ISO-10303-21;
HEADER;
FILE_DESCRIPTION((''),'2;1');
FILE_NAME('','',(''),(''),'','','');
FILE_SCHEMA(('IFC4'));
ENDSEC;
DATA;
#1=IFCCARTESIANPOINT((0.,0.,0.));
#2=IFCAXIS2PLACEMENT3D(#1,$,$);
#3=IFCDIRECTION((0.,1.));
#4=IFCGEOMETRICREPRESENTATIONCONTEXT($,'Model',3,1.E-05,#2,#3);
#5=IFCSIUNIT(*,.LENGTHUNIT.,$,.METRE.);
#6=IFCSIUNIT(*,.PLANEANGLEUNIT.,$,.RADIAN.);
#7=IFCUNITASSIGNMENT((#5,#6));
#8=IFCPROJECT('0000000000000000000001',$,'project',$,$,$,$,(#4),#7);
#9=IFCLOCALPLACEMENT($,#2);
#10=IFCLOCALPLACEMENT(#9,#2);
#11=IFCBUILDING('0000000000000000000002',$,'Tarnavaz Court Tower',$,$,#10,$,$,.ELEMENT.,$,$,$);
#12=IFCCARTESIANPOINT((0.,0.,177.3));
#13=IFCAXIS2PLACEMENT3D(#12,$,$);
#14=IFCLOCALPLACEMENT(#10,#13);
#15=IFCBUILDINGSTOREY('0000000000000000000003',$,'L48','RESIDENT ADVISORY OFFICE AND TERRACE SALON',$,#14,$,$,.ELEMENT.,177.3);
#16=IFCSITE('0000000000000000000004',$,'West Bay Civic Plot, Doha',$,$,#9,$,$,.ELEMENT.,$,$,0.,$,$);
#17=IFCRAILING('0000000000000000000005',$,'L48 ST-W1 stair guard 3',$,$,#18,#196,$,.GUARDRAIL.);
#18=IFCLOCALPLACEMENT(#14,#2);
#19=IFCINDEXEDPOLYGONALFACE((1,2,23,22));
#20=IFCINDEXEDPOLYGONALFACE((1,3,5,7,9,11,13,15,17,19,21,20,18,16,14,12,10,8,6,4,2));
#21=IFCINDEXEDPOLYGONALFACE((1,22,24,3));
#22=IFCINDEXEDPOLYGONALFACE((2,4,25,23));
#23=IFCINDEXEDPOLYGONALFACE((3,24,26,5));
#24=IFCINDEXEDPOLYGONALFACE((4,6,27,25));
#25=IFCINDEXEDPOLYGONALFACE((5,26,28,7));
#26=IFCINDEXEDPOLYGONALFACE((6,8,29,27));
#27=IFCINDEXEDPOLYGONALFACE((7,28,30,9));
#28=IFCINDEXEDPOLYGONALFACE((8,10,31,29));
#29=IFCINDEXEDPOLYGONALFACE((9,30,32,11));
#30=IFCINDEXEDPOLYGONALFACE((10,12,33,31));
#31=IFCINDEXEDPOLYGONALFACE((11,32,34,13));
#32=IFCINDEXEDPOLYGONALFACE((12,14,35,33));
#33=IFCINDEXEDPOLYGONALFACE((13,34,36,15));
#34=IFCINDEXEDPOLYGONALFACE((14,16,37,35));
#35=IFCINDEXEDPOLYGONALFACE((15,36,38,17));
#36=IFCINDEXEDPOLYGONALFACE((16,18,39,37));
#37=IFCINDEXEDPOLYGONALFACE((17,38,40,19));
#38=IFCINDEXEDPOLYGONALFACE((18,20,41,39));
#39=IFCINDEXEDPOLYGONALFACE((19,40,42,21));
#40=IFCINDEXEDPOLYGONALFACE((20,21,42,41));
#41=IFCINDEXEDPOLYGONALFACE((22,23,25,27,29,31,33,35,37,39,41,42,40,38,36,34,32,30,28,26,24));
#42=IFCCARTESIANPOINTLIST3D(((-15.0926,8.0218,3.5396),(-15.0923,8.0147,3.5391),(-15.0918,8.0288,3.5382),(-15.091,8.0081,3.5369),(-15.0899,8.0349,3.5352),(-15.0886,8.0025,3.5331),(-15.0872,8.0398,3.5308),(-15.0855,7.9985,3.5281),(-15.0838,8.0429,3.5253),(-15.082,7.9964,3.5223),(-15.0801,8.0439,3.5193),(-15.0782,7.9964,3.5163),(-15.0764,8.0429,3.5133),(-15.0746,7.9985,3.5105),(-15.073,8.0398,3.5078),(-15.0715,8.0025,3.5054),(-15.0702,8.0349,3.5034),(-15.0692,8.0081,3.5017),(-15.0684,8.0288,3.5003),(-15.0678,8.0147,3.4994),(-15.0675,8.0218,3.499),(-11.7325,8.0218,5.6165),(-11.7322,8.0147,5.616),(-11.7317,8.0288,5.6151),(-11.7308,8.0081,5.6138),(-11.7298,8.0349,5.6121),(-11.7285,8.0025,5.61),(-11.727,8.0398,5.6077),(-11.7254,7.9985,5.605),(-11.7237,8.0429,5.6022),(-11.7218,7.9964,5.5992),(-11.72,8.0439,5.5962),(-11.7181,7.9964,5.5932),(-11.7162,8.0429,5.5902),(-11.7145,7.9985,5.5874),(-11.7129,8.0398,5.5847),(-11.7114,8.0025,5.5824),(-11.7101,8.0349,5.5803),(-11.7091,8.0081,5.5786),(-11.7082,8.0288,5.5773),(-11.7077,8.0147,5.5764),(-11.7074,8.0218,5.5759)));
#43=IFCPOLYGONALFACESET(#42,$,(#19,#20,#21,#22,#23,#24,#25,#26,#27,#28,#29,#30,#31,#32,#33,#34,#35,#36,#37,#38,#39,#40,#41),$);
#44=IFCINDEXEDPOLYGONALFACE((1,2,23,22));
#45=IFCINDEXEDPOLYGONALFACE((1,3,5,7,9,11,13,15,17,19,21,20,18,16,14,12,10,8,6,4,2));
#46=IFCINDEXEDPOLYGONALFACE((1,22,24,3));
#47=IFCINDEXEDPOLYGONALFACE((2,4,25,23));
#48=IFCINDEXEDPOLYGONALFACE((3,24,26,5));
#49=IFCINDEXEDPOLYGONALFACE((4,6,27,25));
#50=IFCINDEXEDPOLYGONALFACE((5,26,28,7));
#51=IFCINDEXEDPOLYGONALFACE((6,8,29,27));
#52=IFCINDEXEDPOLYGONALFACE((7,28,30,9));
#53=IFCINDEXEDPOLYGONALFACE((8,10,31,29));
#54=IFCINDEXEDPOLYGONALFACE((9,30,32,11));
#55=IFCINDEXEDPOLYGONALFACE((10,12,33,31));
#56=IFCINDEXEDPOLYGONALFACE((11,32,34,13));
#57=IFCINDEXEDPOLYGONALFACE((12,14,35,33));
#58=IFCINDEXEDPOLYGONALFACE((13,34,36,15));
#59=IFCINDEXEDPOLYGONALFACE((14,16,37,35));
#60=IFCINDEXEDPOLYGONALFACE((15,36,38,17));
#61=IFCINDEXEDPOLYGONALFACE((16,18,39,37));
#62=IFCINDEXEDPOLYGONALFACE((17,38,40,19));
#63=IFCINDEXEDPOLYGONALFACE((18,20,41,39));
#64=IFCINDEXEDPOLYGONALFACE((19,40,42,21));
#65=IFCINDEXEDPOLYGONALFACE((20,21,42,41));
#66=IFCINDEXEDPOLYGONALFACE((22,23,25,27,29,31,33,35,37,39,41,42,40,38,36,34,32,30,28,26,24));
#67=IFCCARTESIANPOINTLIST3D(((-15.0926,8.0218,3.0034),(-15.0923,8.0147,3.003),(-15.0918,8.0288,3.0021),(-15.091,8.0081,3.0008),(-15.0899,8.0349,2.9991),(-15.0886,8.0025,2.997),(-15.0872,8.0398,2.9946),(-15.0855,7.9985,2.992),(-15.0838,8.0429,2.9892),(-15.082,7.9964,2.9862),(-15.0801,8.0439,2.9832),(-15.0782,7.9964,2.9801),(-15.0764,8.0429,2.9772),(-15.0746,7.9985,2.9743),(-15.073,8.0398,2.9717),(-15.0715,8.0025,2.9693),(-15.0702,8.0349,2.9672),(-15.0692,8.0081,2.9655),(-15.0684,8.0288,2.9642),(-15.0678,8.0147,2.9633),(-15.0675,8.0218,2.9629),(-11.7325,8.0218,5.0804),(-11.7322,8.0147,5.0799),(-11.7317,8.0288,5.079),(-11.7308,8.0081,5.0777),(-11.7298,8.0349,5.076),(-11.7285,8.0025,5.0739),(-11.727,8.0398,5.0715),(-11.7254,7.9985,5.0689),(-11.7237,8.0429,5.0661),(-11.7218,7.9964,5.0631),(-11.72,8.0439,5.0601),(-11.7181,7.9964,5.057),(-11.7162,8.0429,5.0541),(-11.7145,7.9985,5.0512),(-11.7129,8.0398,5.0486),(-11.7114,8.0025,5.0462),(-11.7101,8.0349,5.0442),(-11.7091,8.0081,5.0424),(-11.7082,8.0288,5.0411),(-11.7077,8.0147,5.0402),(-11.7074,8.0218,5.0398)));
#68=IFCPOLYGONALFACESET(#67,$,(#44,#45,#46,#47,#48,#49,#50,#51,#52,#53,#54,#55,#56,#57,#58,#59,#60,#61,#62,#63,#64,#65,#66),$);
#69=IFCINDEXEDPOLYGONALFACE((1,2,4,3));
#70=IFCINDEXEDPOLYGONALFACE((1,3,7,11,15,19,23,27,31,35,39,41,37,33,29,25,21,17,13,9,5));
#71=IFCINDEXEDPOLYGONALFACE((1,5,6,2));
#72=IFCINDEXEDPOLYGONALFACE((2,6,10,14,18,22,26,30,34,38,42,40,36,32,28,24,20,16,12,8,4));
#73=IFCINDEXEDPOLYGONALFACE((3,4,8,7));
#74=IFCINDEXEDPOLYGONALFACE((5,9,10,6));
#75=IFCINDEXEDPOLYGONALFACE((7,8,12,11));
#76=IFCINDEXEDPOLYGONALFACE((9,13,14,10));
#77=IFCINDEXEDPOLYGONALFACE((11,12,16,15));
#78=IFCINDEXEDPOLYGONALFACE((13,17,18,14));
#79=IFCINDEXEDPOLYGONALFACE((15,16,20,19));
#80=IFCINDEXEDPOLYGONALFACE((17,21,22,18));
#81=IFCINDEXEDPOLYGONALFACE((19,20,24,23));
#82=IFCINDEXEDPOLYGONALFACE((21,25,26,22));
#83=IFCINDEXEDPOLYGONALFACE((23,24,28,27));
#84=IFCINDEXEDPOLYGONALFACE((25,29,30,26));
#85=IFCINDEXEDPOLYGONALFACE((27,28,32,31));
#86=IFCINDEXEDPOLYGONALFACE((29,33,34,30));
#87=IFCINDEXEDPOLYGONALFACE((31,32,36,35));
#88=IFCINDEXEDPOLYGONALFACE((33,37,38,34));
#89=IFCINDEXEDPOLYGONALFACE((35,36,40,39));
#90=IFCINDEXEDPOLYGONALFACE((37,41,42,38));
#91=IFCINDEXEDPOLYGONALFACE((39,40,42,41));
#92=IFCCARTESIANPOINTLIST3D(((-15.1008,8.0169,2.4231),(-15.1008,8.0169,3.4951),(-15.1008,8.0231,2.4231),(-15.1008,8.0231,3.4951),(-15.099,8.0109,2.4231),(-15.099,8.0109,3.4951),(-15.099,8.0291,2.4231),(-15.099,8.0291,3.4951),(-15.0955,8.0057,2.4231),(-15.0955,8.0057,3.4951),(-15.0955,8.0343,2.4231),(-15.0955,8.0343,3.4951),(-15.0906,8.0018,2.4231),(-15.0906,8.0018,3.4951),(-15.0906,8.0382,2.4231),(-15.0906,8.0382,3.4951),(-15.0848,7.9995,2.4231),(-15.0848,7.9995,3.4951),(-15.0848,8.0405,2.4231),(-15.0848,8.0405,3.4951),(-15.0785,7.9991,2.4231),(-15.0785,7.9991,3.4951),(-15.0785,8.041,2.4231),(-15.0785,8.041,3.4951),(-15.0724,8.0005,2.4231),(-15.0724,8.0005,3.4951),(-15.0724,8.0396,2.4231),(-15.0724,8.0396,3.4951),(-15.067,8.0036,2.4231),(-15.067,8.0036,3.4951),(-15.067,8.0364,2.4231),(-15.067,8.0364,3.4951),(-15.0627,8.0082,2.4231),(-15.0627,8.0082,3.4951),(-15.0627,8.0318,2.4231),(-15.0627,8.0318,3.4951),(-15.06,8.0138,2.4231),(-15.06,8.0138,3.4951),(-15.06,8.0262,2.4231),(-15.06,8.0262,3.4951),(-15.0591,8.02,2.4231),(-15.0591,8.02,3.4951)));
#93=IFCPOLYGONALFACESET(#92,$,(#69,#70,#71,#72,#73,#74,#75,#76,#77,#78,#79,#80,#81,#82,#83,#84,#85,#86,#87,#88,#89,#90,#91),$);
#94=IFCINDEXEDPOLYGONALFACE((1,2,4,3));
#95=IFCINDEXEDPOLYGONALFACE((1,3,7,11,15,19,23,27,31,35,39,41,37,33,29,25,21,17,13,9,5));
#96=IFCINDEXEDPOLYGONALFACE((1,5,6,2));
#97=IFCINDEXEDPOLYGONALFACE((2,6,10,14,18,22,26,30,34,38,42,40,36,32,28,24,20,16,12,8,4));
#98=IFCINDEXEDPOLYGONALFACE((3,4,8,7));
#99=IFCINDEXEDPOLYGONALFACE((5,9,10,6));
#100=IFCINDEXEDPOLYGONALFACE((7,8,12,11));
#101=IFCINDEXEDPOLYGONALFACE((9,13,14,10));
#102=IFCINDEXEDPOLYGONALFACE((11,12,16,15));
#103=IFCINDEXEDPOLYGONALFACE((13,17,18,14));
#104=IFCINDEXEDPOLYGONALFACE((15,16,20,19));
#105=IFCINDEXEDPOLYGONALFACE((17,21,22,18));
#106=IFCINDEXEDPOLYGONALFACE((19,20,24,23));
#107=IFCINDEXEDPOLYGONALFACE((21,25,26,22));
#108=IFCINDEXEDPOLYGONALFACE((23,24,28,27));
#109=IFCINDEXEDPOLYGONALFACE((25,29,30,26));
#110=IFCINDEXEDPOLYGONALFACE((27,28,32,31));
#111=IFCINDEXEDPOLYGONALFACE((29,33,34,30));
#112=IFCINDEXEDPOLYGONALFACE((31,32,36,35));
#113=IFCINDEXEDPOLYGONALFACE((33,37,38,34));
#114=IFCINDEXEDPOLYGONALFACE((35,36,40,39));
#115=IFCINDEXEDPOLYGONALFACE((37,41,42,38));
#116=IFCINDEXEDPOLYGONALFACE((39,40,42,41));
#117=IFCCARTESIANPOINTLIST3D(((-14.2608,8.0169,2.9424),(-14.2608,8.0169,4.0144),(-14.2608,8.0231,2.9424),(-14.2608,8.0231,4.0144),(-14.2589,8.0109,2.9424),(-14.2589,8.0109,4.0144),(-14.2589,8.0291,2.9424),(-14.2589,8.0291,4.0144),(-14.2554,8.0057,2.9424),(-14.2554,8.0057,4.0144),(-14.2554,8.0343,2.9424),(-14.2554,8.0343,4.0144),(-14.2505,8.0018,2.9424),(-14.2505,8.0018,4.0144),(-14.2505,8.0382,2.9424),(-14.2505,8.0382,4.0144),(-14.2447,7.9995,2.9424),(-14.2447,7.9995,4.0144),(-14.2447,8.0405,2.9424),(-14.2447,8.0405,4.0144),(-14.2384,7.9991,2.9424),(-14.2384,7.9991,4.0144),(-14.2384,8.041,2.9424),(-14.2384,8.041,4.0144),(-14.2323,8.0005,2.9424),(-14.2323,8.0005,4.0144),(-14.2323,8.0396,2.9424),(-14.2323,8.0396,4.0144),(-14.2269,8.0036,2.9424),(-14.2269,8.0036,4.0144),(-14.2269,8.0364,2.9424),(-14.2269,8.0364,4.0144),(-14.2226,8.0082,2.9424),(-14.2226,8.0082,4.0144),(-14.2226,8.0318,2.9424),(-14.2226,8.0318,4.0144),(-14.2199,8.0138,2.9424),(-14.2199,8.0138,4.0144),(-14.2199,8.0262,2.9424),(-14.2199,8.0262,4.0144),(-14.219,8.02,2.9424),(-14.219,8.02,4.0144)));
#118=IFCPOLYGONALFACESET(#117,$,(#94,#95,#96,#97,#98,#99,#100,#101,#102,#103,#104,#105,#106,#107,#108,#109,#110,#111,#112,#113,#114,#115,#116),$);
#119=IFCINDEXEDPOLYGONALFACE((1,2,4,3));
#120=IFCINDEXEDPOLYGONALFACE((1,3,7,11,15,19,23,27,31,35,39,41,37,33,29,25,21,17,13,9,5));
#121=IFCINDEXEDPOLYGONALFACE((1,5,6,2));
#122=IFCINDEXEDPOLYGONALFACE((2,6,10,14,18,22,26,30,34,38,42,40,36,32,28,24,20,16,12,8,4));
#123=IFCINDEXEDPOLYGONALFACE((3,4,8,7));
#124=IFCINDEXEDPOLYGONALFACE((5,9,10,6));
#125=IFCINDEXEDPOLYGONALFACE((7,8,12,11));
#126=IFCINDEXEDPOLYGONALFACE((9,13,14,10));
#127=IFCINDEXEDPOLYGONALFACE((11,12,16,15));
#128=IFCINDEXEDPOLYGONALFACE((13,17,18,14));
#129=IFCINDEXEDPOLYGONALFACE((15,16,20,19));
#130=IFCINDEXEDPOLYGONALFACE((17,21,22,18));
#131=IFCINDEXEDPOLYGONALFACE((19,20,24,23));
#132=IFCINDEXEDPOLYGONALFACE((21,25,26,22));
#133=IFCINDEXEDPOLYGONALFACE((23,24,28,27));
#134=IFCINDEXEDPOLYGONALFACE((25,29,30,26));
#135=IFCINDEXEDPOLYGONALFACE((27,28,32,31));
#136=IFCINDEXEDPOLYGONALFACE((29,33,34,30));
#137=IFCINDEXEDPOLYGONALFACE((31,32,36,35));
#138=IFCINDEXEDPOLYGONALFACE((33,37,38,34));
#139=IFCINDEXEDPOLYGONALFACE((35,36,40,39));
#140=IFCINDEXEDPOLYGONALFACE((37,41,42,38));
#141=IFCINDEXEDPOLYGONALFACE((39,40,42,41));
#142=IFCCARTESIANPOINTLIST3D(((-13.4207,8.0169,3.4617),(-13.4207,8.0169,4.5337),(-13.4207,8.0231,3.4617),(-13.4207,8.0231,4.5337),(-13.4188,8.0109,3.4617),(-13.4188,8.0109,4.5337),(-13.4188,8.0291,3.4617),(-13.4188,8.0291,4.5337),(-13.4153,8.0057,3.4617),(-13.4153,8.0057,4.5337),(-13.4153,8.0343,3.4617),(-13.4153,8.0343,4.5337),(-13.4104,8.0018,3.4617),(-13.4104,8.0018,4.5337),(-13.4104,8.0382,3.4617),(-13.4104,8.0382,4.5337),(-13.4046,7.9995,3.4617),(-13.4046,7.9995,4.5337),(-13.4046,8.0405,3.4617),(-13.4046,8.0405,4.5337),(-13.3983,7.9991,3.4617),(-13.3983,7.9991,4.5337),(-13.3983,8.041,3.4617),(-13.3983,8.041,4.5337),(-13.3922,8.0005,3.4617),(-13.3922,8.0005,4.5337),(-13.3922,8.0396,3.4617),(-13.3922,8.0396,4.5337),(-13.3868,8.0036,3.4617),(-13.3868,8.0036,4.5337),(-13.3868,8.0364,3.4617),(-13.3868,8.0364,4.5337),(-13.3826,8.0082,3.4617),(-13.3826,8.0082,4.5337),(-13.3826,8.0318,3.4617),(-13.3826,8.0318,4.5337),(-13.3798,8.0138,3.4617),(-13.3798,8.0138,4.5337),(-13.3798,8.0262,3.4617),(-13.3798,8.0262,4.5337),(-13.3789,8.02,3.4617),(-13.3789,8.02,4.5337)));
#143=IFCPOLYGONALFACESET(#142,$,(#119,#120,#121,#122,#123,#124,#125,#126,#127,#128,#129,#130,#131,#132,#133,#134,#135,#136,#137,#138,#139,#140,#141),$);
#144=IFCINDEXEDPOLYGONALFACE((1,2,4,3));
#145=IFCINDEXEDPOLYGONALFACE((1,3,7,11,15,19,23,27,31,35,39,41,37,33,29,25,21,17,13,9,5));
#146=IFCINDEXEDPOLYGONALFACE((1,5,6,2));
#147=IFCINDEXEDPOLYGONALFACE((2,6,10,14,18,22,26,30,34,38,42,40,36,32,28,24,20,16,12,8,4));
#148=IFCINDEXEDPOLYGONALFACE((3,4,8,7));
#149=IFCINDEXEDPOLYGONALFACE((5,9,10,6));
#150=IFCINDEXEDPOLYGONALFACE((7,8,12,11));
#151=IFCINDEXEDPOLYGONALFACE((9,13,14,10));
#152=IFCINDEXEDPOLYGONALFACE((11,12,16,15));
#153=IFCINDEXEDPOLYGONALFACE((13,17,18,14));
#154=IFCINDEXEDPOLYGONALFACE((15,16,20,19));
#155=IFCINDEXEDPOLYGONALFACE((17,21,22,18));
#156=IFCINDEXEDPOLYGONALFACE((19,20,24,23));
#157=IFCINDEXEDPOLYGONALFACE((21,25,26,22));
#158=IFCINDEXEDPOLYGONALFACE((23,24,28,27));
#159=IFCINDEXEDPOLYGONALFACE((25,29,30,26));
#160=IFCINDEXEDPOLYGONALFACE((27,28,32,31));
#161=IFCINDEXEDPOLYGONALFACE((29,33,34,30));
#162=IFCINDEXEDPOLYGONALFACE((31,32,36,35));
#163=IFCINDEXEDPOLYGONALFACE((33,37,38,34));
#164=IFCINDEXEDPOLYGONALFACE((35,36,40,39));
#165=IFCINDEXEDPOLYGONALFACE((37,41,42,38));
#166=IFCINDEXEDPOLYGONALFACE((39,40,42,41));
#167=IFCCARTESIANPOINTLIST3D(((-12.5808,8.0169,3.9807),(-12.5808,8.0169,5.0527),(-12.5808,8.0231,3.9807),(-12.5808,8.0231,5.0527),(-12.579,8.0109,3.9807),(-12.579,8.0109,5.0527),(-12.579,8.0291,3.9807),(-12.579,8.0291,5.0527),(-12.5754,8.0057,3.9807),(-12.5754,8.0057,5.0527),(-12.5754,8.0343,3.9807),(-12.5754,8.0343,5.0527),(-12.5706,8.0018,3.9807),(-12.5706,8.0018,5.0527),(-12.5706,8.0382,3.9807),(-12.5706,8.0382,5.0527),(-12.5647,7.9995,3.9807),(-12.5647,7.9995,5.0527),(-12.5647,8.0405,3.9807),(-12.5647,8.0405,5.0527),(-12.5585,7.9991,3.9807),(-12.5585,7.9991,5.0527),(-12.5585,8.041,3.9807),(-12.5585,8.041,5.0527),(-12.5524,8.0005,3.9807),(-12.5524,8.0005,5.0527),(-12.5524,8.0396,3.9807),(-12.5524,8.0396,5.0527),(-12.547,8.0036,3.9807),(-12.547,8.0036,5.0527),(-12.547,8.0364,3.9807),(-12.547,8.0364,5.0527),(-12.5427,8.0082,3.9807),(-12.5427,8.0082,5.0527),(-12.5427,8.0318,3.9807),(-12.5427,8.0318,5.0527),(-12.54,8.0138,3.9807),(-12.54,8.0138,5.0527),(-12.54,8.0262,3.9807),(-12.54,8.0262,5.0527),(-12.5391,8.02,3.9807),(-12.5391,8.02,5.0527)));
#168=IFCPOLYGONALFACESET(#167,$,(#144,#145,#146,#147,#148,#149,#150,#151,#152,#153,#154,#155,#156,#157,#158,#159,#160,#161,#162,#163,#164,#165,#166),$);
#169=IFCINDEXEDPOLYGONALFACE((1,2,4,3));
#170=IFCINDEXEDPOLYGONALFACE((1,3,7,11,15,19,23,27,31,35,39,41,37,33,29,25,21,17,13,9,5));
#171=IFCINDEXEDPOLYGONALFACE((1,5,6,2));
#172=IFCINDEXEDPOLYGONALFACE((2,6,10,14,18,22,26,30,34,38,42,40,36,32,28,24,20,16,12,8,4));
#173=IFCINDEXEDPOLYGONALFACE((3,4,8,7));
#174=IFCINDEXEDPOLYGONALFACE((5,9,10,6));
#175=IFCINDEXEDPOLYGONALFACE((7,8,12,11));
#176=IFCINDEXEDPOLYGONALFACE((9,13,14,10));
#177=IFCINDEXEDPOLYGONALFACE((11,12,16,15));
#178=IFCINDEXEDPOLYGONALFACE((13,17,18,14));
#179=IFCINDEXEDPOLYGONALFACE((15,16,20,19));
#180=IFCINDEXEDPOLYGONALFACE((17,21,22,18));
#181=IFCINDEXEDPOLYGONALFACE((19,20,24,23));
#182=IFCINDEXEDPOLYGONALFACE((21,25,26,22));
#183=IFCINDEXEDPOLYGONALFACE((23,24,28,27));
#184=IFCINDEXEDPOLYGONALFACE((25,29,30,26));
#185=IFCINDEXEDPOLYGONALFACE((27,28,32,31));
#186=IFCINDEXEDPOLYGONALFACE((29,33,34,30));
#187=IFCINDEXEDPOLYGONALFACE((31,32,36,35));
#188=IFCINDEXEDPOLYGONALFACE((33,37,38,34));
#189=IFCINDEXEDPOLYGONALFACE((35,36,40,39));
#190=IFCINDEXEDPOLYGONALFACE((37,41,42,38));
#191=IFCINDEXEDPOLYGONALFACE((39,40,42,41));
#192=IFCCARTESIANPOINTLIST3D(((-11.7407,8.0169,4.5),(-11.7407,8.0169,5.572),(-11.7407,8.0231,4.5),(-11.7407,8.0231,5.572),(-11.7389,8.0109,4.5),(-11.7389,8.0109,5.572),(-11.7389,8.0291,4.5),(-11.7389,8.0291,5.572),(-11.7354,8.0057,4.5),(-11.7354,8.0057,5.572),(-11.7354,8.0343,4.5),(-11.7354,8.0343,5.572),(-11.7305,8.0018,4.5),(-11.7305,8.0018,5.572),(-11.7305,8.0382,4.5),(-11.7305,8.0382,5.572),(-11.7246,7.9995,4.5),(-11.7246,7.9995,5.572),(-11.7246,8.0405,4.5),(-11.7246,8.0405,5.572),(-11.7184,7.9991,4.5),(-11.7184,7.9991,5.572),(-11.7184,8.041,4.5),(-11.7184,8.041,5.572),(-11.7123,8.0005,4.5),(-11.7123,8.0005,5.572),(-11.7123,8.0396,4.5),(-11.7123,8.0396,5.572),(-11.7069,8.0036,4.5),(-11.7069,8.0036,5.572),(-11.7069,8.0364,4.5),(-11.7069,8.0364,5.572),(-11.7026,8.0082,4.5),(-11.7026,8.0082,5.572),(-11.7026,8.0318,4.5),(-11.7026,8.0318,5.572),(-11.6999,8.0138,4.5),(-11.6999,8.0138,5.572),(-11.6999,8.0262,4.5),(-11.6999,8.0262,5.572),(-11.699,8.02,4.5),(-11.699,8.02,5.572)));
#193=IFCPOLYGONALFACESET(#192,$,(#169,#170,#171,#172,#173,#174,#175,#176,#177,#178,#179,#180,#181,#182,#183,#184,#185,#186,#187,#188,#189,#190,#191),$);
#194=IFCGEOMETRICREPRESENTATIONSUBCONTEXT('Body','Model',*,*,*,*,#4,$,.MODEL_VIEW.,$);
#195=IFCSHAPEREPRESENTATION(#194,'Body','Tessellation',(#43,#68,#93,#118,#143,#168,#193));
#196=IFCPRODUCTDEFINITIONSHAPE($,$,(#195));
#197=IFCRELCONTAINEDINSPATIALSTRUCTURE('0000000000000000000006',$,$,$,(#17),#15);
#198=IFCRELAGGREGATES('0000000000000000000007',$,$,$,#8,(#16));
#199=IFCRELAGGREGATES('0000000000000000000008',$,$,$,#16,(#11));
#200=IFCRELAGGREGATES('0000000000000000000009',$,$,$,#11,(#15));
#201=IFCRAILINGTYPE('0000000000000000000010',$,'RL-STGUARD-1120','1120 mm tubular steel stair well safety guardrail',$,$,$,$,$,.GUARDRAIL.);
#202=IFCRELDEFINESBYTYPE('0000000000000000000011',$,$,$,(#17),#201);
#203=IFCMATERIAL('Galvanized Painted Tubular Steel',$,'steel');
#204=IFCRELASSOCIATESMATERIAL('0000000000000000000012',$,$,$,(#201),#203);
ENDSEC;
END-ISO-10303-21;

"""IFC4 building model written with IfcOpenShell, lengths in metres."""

from ifc_helpers import new_model, si_unit, direction, frame, origin, origin_2d, place, context, subcontext, project, spatial, circle, extrude, material, type_object, element, save


model = new_model("IFC4")

# Units and contexts
model_context = context("Model", 3, precision=1e-05, world=origin(), true_north=direction((0.0, 1.0)))
body_context = subcontext(model_context, "Body", "Model", "MODEL_VIEW")
ifc_project = project(units=[si_unit("LENGTHUNIT", "METRE"), si_unit("PLANEANGLEUNIT", "RADIAN")], contexts=[model_context])

# Site, building, storey
site_placement = place(None, origin())
site = spatial("IfcSite", under=ifc_project, at=site_placement, Name="West Bay Civic Plot, Doha", CompositionType="ELEMENT", RefElevation=0.0)
building_placement = place(site_placement, origin())
building = spatial("IfcBuilding", under=site, at=building_placement, Name="Tarnavaz Court Tower", CompositionType="ELEMENT")
storey_placement = place(building_placement, frame((0.0, 0.0, 177.3)))
storey = spatial("IfcBuildingStorey", under=building, at=storey_placement, Name="L48", Description="RESIDENT ADVISORY OFFICE AND TERRACE SALON", CompositionType="ELEMENT", Elevation=177.3)

# Railing
ifc_material_1 = material(Name="Galvanized Painted Tubular Steel", Category="steel")
railing_type = type_object("IfcRailingType", Name="RL-STGUARD-1120", Description="1120 mm tubular steel stair well safety guardrail", PredefinedType="GUARDRAIL", material=ifc_material_1)
railing_1_placement = place(storey_placement, frame((-15.0801, 8.02, 2.4231)))
element("IfcRailing", 1, at=railing_1_placement, inside=storey, type_object=railing_type, Name="L48 ST-W1 stair guard 3", PredefinedType="GUARDRAIL", context=body_context, shape_type="SweptSolid", body=[
    extrude(circle(Radius=0.0239, at=origin_2d()), frame((0.0, 0.0, 1.0962), z_axis=(0.850623, 0.0, 0.525776), x_axis=(0.0, 1.0, 0.0)), (0.0, 0.0, 1.0), 3.9502),
    extrude(circle(Radius=0.0239, at=origin_2d()), frame((0.0, 0.0, 0.5601), z_axis=(0.850623, 0.0, 0.525776), x_axis=(0.0, 1.0, 0.0)), (0.0, 0.0, 1.0), 3.9502),
    extrude(circle(Radius=0.021, at=origin_2d()), origin(), (0.0, 0.0, 1.0), 1.072),
    extrude(circle(Radius=0.021, at=origin_2d()), frame((0.8401, 0.0, 0.5193)), (0.0, 0.0, 1.0), 1.072),
    extrude(circle(Radius=0.021, at=origin_2d()), frame((1.6802, 0.0, 1.0386)), (0.0, 0.0, 1.0), 1.072),
    extrude(circle(Radius=0.021, at=origin_2d()), frame((2.52, 0.0, 1.5576)), (0.0, 0.0, 1.0), 1.072),
    extrude(circle(Radius=0.021, at=origin_2d()), frame((3.3601, 0.0, 2.0769)), (0.0, 0.0, 1.0), 1.072),
])

save(model, "model.ifc")
